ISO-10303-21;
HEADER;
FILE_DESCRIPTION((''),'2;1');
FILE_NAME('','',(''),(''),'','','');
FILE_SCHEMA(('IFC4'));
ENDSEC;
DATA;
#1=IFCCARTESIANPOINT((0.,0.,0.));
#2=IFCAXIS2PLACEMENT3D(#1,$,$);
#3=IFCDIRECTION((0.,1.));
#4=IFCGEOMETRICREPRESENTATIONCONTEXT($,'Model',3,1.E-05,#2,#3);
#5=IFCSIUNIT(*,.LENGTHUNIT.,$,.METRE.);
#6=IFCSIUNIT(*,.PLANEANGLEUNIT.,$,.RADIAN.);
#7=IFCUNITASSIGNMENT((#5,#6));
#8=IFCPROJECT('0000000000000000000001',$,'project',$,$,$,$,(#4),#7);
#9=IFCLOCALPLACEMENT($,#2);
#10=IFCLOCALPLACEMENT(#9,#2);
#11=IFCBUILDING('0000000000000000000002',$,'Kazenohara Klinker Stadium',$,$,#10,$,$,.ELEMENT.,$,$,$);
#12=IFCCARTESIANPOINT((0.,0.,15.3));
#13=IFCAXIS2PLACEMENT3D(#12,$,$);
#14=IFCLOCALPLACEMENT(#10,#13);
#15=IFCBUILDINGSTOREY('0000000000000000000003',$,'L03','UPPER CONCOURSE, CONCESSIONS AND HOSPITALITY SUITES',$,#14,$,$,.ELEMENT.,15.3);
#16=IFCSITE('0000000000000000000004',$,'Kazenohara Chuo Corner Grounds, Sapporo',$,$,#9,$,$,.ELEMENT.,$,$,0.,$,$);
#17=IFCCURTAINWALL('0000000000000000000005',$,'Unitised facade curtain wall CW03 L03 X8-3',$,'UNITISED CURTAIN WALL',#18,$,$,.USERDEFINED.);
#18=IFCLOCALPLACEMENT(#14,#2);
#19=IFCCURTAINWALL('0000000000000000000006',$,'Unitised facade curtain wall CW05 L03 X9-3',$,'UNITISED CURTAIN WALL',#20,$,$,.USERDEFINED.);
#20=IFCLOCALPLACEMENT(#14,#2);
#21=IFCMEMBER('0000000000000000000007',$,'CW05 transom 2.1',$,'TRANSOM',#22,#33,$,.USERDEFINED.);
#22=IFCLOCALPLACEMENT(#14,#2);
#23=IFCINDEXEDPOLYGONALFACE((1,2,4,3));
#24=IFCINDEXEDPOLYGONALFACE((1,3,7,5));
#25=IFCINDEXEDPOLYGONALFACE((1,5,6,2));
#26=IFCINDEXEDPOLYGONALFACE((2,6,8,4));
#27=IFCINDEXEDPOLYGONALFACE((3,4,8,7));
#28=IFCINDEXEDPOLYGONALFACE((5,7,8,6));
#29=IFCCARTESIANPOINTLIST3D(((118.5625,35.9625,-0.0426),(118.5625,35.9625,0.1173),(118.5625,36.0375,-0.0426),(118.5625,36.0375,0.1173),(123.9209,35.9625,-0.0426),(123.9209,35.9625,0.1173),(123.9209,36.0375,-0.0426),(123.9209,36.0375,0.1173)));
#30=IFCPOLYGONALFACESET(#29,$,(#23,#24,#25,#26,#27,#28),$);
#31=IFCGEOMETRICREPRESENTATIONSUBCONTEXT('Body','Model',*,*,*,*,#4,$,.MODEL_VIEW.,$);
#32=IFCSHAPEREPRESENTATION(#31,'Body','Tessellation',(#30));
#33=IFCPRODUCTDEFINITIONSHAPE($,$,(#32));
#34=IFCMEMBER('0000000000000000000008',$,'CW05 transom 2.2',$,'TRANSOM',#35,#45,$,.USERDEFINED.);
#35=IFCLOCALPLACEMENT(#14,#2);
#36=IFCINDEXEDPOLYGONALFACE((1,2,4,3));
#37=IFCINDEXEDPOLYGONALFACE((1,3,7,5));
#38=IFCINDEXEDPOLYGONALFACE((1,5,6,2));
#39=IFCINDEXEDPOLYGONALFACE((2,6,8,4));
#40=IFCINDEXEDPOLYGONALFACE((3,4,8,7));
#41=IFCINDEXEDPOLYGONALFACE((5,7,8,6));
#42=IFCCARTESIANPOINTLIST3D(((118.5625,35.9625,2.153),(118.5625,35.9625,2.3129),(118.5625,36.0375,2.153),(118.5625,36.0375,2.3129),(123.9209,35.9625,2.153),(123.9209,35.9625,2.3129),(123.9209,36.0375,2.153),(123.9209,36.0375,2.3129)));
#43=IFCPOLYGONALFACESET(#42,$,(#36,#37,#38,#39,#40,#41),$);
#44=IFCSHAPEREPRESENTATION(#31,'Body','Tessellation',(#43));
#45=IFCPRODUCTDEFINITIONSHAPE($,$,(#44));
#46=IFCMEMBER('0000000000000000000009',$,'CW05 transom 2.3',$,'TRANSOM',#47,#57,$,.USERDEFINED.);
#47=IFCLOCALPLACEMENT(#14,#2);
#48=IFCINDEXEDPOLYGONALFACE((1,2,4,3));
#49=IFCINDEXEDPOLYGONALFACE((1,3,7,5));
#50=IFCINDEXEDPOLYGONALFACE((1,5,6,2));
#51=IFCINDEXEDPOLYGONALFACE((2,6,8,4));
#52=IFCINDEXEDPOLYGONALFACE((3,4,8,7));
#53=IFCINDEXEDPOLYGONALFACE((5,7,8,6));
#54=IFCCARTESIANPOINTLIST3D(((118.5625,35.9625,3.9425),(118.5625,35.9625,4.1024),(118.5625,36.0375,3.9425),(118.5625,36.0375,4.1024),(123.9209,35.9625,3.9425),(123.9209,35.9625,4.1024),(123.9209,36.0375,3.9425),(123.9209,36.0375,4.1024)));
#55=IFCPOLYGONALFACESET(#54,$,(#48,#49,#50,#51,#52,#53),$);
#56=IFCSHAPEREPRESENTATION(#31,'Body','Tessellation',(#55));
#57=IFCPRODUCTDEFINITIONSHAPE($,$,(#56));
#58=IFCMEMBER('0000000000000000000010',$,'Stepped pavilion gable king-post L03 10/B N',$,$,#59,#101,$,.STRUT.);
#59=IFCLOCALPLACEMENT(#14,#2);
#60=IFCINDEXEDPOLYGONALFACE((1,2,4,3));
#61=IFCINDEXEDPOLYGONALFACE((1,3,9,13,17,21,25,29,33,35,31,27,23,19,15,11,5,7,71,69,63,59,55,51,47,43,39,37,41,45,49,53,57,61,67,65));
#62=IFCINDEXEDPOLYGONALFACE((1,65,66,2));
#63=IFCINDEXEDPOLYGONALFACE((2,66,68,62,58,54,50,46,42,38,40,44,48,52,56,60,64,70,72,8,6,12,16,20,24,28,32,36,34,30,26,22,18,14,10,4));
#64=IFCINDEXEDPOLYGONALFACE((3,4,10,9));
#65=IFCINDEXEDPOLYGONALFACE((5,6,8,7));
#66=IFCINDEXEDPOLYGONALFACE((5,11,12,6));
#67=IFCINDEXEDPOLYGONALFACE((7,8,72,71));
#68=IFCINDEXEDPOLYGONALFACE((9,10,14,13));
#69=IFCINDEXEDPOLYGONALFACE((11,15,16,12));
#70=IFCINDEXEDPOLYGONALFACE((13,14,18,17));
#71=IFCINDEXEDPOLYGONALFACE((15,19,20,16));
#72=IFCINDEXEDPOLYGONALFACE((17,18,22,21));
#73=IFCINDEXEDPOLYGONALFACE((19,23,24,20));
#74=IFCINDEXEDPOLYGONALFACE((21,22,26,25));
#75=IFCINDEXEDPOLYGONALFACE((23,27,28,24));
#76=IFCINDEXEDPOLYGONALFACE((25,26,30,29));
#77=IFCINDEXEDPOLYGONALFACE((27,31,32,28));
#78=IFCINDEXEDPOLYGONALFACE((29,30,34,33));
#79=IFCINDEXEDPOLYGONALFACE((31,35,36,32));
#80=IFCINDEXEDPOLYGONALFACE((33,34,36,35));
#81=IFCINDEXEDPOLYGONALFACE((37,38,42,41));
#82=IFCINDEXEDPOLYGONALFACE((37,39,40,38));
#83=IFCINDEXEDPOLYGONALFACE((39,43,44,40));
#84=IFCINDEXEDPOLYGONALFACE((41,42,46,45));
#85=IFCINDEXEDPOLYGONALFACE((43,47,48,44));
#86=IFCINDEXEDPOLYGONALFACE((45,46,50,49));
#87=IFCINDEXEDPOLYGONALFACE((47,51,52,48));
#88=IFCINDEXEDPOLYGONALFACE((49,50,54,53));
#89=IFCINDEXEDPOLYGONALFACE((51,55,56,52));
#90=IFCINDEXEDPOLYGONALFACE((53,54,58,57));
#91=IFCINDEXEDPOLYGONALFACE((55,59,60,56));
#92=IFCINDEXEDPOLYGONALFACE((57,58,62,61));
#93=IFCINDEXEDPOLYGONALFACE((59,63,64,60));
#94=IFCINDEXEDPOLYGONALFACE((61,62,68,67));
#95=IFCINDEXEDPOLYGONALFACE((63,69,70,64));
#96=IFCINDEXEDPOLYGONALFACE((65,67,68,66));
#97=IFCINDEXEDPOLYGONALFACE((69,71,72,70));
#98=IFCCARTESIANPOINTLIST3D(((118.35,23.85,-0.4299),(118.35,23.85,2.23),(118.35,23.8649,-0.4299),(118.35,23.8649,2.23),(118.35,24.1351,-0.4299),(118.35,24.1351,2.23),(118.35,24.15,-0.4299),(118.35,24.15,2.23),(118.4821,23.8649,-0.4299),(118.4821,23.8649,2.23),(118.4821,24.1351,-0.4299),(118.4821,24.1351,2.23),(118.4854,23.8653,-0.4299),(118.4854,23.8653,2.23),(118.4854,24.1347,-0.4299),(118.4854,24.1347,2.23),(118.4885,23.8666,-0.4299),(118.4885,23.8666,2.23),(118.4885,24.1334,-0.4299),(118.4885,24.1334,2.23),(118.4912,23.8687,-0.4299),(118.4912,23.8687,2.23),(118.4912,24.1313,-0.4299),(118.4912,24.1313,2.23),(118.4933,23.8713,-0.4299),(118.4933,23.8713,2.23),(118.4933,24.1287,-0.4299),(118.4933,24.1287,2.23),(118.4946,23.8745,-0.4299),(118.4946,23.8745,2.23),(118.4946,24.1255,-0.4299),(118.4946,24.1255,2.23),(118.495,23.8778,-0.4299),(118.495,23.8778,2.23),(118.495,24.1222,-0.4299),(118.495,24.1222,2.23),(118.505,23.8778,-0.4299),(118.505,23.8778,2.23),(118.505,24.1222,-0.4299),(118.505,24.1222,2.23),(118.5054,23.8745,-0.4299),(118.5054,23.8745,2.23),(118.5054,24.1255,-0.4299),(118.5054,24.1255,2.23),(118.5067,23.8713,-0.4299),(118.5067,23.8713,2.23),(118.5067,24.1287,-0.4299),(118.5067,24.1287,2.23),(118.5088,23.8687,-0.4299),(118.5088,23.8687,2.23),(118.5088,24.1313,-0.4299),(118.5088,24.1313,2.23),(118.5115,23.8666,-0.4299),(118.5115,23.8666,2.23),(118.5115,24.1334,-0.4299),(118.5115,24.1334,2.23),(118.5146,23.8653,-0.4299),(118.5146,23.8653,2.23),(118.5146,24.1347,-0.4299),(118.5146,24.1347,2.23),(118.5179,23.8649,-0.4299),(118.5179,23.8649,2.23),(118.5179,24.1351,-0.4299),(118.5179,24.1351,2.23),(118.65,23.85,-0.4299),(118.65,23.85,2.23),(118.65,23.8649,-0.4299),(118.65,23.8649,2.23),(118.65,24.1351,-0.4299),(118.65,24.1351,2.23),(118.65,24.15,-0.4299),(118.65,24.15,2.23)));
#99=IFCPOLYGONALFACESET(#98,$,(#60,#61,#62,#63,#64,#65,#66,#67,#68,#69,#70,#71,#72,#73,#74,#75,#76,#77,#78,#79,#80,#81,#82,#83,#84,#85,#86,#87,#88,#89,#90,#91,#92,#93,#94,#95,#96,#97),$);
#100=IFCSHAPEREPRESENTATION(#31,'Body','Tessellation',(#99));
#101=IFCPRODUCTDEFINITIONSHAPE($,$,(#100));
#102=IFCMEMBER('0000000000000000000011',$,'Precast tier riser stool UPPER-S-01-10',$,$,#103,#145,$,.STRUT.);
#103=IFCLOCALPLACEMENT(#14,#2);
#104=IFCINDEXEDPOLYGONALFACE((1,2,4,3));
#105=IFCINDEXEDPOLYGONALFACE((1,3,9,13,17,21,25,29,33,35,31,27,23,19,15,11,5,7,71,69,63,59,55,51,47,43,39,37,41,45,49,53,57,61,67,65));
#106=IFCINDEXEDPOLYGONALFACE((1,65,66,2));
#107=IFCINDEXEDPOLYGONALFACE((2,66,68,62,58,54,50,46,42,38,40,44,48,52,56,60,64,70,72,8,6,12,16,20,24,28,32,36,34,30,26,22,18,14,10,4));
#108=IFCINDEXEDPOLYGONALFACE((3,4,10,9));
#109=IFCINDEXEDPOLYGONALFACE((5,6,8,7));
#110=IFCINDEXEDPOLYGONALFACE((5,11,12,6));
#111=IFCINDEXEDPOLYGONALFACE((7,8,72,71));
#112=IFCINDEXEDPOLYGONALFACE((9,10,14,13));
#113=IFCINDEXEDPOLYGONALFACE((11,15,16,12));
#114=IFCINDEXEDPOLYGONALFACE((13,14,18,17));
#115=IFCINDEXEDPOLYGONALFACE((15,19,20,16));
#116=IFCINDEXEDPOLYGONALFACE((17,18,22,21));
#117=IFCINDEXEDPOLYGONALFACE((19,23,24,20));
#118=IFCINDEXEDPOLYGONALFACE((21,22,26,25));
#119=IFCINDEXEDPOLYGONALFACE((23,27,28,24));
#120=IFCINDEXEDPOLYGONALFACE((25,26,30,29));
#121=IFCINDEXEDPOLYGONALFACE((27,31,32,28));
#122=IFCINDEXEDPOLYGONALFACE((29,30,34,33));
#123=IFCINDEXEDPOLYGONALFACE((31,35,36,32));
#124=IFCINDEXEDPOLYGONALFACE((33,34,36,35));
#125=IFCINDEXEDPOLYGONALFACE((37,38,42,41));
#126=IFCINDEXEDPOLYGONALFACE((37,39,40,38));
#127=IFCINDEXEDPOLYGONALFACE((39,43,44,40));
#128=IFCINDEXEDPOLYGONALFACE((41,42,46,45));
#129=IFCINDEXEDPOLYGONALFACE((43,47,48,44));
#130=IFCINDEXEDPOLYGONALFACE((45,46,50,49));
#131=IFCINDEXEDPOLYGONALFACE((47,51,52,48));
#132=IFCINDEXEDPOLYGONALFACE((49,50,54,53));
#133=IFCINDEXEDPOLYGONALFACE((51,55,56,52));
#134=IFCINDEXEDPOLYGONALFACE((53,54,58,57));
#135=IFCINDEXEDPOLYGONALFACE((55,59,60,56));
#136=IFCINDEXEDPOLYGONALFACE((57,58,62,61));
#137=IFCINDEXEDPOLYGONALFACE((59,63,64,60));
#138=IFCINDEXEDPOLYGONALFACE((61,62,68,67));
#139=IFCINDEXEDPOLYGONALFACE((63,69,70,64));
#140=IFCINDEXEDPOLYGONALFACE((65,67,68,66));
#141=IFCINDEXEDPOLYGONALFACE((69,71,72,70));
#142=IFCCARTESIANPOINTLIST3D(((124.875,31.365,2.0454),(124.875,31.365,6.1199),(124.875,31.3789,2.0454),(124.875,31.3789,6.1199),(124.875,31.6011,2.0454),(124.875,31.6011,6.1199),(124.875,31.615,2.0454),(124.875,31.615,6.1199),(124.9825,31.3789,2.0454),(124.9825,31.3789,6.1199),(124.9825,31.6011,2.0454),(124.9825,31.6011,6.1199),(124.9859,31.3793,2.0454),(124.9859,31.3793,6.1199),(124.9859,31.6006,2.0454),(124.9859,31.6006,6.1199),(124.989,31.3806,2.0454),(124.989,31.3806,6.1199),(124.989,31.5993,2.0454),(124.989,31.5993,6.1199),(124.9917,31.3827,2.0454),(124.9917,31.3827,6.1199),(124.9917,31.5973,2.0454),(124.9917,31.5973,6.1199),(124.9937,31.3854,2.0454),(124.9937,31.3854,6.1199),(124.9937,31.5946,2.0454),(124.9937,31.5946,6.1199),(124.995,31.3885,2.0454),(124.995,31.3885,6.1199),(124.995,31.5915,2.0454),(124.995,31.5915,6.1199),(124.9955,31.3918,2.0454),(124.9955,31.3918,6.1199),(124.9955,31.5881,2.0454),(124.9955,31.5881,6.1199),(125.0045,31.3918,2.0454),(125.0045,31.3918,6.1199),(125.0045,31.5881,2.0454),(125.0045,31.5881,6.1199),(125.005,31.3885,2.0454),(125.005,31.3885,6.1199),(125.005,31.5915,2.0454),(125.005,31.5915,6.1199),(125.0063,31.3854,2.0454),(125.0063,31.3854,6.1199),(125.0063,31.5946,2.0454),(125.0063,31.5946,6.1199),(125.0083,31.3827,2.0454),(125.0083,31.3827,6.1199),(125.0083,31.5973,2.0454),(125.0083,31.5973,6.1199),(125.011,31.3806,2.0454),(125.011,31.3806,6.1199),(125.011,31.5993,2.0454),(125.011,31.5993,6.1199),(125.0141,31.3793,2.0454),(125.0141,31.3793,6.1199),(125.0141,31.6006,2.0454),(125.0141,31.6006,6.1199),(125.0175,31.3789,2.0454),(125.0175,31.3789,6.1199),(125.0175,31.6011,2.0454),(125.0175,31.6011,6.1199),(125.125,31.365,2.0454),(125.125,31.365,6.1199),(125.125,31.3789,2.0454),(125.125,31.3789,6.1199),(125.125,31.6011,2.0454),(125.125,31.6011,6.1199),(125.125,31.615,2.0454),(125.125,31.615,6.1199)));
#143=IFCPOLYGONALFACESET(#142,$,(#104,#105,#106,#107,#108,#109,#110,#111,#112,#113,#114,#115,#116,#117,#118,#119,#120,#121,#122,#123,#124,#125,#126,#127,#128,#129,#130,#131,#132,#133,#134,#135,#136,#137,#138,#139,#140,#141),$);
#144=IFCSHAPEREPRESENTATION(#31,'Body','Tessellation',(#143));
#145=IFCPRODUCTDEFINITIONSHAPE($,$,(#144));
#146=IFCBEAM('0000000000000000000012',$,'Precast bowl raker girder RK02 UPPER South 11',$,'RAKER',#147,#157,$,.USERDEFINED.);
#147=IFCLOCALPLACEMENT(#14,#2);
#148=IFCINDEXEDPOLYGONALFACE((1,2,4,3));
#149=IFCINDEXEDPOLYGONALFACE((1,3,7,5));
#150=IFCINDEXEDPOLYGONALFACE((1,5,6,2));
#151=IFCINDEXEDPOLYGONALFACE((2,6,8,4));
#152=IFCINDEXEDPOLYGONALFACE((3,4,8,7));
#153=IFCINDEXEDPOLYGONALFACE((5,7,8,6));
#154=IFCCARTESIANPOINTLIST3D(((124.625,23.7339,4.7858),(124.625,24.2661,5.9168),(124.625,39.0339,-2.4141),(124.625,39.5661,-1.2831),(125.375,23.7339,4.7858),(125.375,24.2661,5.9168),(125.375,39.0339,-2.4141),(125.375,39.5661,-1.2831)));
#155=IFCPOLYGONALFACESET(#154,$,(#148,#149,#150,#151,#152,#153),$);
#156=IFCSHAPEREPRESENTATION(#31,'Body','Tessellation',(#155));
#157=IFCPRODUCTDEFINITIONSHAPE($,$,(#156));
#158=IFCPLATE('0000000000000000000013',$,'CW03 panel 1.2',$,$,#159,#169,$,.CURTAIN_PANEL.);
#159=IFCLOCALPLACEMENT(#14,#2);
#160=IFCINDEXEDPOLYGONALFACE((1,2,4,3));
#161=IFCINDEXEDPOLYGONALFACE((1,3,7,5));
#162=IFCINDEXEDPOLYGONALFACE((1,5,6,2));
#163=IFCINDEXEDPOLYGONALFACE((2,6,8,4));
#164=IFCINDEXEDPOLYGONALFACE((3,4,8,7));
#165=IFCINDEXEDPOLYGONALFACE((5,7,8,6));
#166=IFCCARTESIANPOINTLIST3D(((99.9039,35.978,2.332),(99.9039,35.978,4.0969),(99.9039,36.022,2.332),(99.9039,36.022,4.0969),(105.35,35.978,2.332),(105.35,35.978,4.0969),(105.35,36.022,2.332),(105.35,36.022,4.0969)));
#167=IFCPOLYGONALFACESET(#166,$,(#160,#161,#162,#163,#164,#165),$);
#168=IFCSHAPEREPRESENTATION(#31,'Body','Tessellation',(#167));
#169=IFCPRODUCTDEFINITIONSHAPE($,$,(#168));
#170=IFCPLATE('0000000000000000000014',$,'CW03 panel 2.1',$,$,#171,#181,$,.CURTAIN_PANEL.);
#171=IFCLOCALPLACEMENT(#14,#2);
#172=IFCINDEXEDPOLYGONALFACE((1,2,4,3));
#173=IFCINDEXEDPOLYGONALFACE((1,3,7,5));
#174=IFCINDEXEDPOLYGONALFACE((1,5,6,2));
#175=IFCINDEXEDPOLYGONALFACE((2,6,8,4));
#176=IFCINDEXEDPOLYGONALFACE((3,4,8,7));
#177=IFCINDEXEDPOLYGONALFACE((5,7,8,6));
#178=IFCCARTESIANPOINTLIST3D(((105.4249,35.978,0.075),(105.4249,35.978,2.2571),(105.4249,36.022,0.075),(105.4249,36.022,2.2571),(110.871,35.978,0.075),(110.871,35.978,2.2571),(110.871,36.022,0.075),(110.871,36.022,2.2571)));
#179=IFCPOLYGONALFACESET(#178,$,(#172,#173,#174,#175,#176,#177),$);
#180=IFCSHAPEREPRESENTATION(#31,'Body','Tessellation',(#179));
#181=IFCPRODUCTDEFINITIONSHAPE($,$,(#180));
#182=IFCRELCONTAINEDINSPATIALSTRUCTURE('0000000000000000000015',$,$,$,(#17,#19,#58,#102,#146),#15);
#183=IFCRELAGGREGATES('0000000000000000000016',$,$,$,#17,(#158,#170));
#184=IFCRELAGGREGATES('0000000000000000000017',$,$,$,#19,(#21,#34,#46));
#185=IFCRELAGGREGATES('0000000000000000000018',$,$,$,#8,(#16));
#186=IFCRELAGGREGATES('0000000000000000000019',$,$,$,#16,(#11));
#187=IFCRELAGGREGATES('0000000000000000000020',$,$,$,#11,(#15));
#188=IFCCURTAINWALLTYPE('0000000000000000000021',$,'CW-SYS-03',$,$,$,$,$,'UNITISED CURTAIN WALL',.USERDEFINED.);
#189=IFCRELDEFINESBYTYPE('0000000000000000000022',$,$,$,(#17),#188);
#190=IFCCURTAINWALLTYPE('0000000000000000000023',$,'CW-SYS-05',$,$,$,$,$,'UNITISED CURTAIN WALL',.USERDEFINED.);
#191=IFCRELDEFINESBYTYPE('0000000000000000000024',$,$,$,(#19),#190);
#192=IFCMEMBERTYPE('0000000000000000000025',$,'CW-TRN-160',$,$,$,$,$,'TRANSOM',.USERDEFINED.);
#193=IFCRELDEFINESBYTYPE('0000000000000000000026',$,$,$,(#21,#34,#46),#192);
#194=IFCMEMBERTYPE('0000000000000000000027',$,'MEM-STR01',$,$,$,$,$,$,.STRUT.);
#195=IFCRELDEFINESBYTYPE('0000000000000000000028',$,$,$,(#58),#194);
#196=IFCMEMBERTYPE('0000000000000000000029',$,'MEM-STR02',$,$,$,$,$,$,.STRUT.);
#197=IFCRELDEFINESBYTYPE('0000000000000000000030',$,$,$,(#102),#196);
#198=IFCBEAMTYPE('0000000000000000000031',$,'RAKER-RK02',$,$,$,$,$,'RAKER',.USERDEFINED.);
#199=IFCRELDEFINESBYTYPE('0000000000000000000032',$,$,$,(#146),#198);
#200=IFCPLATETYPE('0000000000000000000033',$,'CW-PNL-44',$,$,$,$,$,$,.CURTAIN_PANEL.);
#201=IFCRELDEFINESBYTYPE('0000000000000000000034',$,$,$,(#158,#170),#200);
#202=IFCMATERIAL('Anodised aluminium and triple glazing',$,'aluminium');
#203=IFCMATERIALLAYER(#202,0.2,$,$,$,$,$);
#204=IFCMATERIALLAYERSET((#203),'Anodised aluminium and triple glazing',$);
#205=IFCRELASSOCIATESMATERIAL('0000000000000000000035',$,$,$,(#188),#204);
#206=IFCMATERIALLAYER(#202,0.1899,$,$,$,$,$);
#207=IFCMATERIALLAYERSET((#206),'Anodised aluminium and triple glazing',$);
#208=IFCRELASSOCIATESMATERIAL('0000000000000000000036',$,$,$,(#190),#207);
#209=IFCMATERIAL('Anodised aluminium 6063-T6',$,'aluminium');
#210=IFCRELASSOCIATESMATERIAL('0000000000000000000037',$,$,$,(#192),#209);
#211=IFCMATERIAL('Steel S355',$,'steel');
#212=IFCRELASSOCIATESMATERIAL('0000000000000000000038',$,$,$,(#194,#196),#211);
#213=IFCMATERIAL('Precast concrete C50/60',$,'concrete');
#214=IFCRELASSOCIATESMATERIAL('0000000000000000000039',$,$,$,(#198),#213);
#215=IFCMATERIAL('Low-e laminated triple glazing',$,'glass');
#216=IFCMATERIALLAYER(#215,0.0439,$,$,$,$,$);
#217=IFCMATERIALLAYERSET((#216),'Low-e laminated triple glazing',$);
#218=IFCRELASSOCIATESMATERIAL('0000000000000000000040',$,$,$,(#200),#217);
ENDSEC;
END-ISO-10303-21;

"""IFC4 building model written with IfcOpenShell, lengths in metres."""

from ifc_helpers import new_model, si_unit, direction, frame, origin, origin_2d, place, context, subcontext, project, spatial, rectangle, i_section, extrude, material, layer, layer_set, material_profile, profile_set, type_object, element, aggregate, save


model = new_model("IFC4")

# Units and contexts
model_context = context("Model", 3, precision=1e-05, world=origin(), true_north=direction((0.0, 1.0)))
body_context = subcontext(model_context, "Body", "Model", "MODEL_VIEW")
ifc_project = project(units=[si_unit("LENGTHUNIT", "METRE"), si_unit("PLANEANGLEUNIT", "RADIAN")], contexts=[model_context])

# Site, building, storey
site_placement = place(None, origin())
site = spatial("IfcSite", under=ifc_project, at=site_placement, Name="Kazenohara Chuo Corner Grounds, Sapporo", CompositionType="ELEMENT", RefElevation=0.0)
building_placement = place(site_placement, origin())
building = spatial("IfcBuilding", under=site, at=building_placement, Name="Kazenohara Klinker Stadium", CompositionType="ELEMENT")
storey_placement = place(building_placement, frame((0.0, 0.0, 15.3)))
storey = spatial("IfcBuildingStorey", under=building, at=storey_placement, Name="L03", Description="UPPER CONCOURSE, CONCESSIONS AND HOSPITALITY SUITES", CompositionType="ELEMENT", Elevation=15.3)

# Shared definitions
ifc_material_1 = material(Name="Steel S355", Category="steel")

# Curtain walls
ifc_material_2 = material(Name="Anodised aluminium and triple glazing", Category="aluminium")
ifc_layer_1 = layer(ifc_material_2, 0.2)
ifc_layer_set_1 = layer_set([ifc_layer_1], Name="Anodised aluminium and triple glazing")
curtain_wall_type_1 = type_object("IfcCurtainWallType", Name="CW-SYS-03", ElementType="UNITISED CURTAIN WALL", PredefinedType="USERDEFINED", material=ifc_layer_set_1)
curtain_wall_1_placement = place(storey_placement, origin())
curtain_wall_1 = element("IfcCurtainWall", 1, at=curtain_wall_1_placement, inside=storey, type_object=curtain_wall_type_1, Name="Unitised facade curtain wall CW03 L03 X8-3", ObjectType="UNITISED CURTAIN WALL", PredefinedType="USERDEFINED")
ifc_material_3 = material(Name="Anodised aluminium 6063-T6", Category="aluminium")
ifc_layer_2 = layer(ifc_material_2, 0.1899)
ifc_layer_set_2 = layer_set([ifc_layer_2], Name="Anodised aluminium and triple glazing")
curtain_wall_type_2 = type_object("IfcCurtainWallType", Name="CW-SYS-05", ElementType="UNITISED CURTAIN WALL", PredefinedType="USERDEFINED", material=ifc_layer_set_2)
curtain_wall_2_placement = place(storey_placement, origin())
curtain_wall_2 = element("IfcCurtainWall", 2, at=curtain_wall_2_placement, inside=storey, type_object=curtain_wall_type_2, Name="Unitised facade curtain wall CW05 L03 X9-3", ObjectType="UNITISED CURTAIN WALL", PredefinedType="USERDEFINED")

# Members
ifc_material_profile_1 = material_profile(ifc_material_3, rectangle(XDim=0.075, YDim=0.1599, at=origin_2d()), Name="ALU-TRN-75x160")
ifc_profile_set_1 = profile_set([ifc_material_profile_1], Name="Anodised aluminium 6063-T6")
member_type_1 = type_object("IfcMemberType", Name="CW-TRN-160", ElementType="TRANSOM", PredefinedType="USERDEFINED", material=ifc_profile_set_1)
member_1_placement = place(storey_placement, frame((118.5625, 36.0, 0.0374), z_axis=(1.0, 0.0, 0.0), x_axis=(0.0, 1.0, 0.0)))
member_1 = element("IfcMember", 3, at=member_1_placement, type_object=member_type_1, Name="CW05 transom 2.1", ObjectType="TRANSOM", PredefinedType="USERDEFINED", context=body_context, shape_type="SweptSolid", body=[
    extrude(rectangle(XDim=0.075, YDim=0.1599, at=origin_2d()), origin(), (0.0, 0.0, 1.0), 5.3584),
])
member_2_placement = place(storey_placement, frame((118.5625, 36.0, 2.2329), z_axis=(1.0, 0.0, 0.0), x_axis=(0.0, 1.0, 0.0)))
member_2 = element("IfcMember", 4, at=member_2_placement, type_object=member_type_1, Name="CW05 transom 2.2", ObjectType="TRANSOM", PredefinedType="USERDEFINED", context=body_context, shape_type="SweptSolid", body=[
    extrude(rectangle(XDim=0.075, YDim=0.1599, at=origin_2d()), origin(), (0.0, 0.0, 1.0), 5.3584),
])
member_3_placement = place(storey_placement, frame((118.5625, 36.0, 4.0225), z_axis=(1.0, 0.0, 0.0), x_axis=(0.0, 1.0, 0.0)))
member_3 = element("IfcMember", 5, at=member_3_placement, type_object=member_type_1, Name="CW05 transom 2.3", ObjectType="TRANSOM", PredefinedType="USERDEFINED", context=body_context, shape_type="SweptSolid", body=[
    extrude(rectangle(XDim=0.075, YDim=0.1599, at=origin_2d()), origin(), (0.0, 0.0, 1.0), 5.3584),
])

# Members
ifc_material_profile_2 = material_profile(ifc_material_1, i_section(OverallWidth=0.3, OverallDepth=0.3, WebThickness=0.01, FlangeThickness=0.0149, FilletRadius=0.0129, at=origin_2d()), Name="H-300x300x10x15")
ifc_profile_set_2 = profile_set([ifc_material_profile_2], Name="Steel S355")
member_type_2 = type_object("IfcMemberType", Name="MEM-STR01", PredefinedType="STRUT", material=ifc_profile_set_2)
member_4_placement = place(storey_placement, frame((118.5, 24.0, -0.4299), z_axis=(0.0, 0.0, 1.0), x_axis=(1.0, 0.0, 0.0)))
element("IfcMember", 6, at=member_4_placement, inside=storey, type_object=member_type_2, Name="Stepped pavilion gable king-post L03 10/B N", PredefinedType="STRUT", context=body_context, shape_type="SweptSolid", body=[
    extrude(i_section(OverallWidth=0.3, OverallDepth=0.3, WebThickness=0.01, FlangeThickness=0.0149, FilletRadius=0.0129, at=origin_2d()), origin(), (0.0, 0.0, 1.0), 2.6599),
])
ifc_material_profile_3 = material_profile(ifc_material_1, i_section(OverallWidth=0.25, OverallDepth=0.25, WebThickness=0.009, FlangeThickness=0.0139, FilletRadius=0.0129, at=origin_2d()), Name="H-250x250x9x14")
ifc_profile_set_3 = profile_set([ifc_material_profile_3], Name="Steel S355")
member_type_3 = type_object("IfcMemberType", Name="MEM-STR02", PredefinedType="STRUT", material=ifc_profile_set_3)
member_5_placement = place(storey_placement, frame((125.0, 31.49, 2.0454), z_axis=(0.0, 0.0, 1.0), x_axis=(1.0, 0.0, 0.0)))
element("IfcMember", 7, at=member_5_placement, inside=storey, type_object=member_type_3, Name="Precast tier riser stool UPPER-S-01-10", PredefinedType="STRUT", context=body_context, shape_type="SweptSolid", body=[
    extrude(i_section(OverallWidth=0.25, OverallDepth=0.25, WebThickness=0.009, FlangeThickness=0.0139, FilletRadius=0.0129, at=origin_2d()), origin(), (0.0, 0.0, 1.0), 4.0745),
])

# Beam
ifc_material_4 = material(Name="Precast concrete C50/60", Category="concrete")
ifc_material_profile_4 = material_profile(ifc_material_4, rectangle(XDim=0.75, YDim=1.25, at=origin_2d()), Name="PC-RAKER-750x1250")
ifc_profile_set_4 = profile_set([ifc_material_profile_4], Name="Precast concrete C50/60")
beam_type_1 = type_object("IfcBeamType", Name="RAKER-RK02", ElementType="RAKER", PredefinedType="USERDEFINED", material=ifc_profile_set_4)
beam_1_placement = place(storey_placement, frame((125.0, 24.0, 5.3513), z_axis=(0.0, 0.90482, -0.425794), x_axis=(-1.0, 0.0, 0.0)))
element("IfcBeam", 8, at=beam_1_placement, inside=storey, type_object=beam_type_1, Name="Precast bowl raker girder RK02 UPPER South 11", ObjectType="RAKER", PredefinedType="USERDEFINED", context=body_context, shape_type="SweptSolid", body=[
    extrude(rectangle(XDim=0.75, YDim=1.25, at=origin_2d()), origin(), (0.0, 0.0, 1.0), 16.9094),
])

# Plates
ifc_material_5 = material(Name="Low-e laminated triple glazing", Category="glass")
ifc_layer_3 = layer(ifc_material_5, 0.0439)
ifc_layer_set_3 = layer_set([ifc_layer_3], Name="Low-e laminated triple glazing")
plate_type = type_object("IfcPlateType", Name="CW-PNL-44", PredefinedType="CURTAIN_PANEL", material=ifc_layer_set_3)
plate_1_placement = place(storey_placement, frame((102.627, 36.0, 2.332), z_axis=(0.0, 0.0, 1.0), x_axis=(1.0, 0.0, 0.0)))
plate_1 = element("IfcPlate", 9, at=plate_1_placement, type_object=plate_type, Name="CW03 panel 1.2", PredefinedType="CURTAIN_PANEL", context=body_context, shape_type="SweptSolid", body=[
    extrude(rectangle(XDim=5.446, YDim=0.0439, at=origin_2d()), origin(), (0.0, 0.0, 1.0), 1.7649),
])
plate_2_placement = place(storey_placement, frame((108.1479, 36.0, 0.075), z_axis=(0.0, 0.0, 1.0), x_axis=(1.0, 0.0, 0.0)))
plate_2 = element("IfcPlate", 10, at=plate_2_placement, type_object=plate_type, Name="CW03 panel 2.1", PredefinedType="CURTAIN_PANEL", context=body_context, shape_type="SweptSolid", body=[
    extrude(rectangle(XDim=5.446, YDim=0.0439, at=origin_2d()), origin(), (0.0, 0.0, 1.0), 2.1821),
])
aggregate(curtain_wall_1, [plate_1, plate_2])
aggregate(curtain_wall_2, [member_1, member_2, member_3])

save(model, "model.ifc")
